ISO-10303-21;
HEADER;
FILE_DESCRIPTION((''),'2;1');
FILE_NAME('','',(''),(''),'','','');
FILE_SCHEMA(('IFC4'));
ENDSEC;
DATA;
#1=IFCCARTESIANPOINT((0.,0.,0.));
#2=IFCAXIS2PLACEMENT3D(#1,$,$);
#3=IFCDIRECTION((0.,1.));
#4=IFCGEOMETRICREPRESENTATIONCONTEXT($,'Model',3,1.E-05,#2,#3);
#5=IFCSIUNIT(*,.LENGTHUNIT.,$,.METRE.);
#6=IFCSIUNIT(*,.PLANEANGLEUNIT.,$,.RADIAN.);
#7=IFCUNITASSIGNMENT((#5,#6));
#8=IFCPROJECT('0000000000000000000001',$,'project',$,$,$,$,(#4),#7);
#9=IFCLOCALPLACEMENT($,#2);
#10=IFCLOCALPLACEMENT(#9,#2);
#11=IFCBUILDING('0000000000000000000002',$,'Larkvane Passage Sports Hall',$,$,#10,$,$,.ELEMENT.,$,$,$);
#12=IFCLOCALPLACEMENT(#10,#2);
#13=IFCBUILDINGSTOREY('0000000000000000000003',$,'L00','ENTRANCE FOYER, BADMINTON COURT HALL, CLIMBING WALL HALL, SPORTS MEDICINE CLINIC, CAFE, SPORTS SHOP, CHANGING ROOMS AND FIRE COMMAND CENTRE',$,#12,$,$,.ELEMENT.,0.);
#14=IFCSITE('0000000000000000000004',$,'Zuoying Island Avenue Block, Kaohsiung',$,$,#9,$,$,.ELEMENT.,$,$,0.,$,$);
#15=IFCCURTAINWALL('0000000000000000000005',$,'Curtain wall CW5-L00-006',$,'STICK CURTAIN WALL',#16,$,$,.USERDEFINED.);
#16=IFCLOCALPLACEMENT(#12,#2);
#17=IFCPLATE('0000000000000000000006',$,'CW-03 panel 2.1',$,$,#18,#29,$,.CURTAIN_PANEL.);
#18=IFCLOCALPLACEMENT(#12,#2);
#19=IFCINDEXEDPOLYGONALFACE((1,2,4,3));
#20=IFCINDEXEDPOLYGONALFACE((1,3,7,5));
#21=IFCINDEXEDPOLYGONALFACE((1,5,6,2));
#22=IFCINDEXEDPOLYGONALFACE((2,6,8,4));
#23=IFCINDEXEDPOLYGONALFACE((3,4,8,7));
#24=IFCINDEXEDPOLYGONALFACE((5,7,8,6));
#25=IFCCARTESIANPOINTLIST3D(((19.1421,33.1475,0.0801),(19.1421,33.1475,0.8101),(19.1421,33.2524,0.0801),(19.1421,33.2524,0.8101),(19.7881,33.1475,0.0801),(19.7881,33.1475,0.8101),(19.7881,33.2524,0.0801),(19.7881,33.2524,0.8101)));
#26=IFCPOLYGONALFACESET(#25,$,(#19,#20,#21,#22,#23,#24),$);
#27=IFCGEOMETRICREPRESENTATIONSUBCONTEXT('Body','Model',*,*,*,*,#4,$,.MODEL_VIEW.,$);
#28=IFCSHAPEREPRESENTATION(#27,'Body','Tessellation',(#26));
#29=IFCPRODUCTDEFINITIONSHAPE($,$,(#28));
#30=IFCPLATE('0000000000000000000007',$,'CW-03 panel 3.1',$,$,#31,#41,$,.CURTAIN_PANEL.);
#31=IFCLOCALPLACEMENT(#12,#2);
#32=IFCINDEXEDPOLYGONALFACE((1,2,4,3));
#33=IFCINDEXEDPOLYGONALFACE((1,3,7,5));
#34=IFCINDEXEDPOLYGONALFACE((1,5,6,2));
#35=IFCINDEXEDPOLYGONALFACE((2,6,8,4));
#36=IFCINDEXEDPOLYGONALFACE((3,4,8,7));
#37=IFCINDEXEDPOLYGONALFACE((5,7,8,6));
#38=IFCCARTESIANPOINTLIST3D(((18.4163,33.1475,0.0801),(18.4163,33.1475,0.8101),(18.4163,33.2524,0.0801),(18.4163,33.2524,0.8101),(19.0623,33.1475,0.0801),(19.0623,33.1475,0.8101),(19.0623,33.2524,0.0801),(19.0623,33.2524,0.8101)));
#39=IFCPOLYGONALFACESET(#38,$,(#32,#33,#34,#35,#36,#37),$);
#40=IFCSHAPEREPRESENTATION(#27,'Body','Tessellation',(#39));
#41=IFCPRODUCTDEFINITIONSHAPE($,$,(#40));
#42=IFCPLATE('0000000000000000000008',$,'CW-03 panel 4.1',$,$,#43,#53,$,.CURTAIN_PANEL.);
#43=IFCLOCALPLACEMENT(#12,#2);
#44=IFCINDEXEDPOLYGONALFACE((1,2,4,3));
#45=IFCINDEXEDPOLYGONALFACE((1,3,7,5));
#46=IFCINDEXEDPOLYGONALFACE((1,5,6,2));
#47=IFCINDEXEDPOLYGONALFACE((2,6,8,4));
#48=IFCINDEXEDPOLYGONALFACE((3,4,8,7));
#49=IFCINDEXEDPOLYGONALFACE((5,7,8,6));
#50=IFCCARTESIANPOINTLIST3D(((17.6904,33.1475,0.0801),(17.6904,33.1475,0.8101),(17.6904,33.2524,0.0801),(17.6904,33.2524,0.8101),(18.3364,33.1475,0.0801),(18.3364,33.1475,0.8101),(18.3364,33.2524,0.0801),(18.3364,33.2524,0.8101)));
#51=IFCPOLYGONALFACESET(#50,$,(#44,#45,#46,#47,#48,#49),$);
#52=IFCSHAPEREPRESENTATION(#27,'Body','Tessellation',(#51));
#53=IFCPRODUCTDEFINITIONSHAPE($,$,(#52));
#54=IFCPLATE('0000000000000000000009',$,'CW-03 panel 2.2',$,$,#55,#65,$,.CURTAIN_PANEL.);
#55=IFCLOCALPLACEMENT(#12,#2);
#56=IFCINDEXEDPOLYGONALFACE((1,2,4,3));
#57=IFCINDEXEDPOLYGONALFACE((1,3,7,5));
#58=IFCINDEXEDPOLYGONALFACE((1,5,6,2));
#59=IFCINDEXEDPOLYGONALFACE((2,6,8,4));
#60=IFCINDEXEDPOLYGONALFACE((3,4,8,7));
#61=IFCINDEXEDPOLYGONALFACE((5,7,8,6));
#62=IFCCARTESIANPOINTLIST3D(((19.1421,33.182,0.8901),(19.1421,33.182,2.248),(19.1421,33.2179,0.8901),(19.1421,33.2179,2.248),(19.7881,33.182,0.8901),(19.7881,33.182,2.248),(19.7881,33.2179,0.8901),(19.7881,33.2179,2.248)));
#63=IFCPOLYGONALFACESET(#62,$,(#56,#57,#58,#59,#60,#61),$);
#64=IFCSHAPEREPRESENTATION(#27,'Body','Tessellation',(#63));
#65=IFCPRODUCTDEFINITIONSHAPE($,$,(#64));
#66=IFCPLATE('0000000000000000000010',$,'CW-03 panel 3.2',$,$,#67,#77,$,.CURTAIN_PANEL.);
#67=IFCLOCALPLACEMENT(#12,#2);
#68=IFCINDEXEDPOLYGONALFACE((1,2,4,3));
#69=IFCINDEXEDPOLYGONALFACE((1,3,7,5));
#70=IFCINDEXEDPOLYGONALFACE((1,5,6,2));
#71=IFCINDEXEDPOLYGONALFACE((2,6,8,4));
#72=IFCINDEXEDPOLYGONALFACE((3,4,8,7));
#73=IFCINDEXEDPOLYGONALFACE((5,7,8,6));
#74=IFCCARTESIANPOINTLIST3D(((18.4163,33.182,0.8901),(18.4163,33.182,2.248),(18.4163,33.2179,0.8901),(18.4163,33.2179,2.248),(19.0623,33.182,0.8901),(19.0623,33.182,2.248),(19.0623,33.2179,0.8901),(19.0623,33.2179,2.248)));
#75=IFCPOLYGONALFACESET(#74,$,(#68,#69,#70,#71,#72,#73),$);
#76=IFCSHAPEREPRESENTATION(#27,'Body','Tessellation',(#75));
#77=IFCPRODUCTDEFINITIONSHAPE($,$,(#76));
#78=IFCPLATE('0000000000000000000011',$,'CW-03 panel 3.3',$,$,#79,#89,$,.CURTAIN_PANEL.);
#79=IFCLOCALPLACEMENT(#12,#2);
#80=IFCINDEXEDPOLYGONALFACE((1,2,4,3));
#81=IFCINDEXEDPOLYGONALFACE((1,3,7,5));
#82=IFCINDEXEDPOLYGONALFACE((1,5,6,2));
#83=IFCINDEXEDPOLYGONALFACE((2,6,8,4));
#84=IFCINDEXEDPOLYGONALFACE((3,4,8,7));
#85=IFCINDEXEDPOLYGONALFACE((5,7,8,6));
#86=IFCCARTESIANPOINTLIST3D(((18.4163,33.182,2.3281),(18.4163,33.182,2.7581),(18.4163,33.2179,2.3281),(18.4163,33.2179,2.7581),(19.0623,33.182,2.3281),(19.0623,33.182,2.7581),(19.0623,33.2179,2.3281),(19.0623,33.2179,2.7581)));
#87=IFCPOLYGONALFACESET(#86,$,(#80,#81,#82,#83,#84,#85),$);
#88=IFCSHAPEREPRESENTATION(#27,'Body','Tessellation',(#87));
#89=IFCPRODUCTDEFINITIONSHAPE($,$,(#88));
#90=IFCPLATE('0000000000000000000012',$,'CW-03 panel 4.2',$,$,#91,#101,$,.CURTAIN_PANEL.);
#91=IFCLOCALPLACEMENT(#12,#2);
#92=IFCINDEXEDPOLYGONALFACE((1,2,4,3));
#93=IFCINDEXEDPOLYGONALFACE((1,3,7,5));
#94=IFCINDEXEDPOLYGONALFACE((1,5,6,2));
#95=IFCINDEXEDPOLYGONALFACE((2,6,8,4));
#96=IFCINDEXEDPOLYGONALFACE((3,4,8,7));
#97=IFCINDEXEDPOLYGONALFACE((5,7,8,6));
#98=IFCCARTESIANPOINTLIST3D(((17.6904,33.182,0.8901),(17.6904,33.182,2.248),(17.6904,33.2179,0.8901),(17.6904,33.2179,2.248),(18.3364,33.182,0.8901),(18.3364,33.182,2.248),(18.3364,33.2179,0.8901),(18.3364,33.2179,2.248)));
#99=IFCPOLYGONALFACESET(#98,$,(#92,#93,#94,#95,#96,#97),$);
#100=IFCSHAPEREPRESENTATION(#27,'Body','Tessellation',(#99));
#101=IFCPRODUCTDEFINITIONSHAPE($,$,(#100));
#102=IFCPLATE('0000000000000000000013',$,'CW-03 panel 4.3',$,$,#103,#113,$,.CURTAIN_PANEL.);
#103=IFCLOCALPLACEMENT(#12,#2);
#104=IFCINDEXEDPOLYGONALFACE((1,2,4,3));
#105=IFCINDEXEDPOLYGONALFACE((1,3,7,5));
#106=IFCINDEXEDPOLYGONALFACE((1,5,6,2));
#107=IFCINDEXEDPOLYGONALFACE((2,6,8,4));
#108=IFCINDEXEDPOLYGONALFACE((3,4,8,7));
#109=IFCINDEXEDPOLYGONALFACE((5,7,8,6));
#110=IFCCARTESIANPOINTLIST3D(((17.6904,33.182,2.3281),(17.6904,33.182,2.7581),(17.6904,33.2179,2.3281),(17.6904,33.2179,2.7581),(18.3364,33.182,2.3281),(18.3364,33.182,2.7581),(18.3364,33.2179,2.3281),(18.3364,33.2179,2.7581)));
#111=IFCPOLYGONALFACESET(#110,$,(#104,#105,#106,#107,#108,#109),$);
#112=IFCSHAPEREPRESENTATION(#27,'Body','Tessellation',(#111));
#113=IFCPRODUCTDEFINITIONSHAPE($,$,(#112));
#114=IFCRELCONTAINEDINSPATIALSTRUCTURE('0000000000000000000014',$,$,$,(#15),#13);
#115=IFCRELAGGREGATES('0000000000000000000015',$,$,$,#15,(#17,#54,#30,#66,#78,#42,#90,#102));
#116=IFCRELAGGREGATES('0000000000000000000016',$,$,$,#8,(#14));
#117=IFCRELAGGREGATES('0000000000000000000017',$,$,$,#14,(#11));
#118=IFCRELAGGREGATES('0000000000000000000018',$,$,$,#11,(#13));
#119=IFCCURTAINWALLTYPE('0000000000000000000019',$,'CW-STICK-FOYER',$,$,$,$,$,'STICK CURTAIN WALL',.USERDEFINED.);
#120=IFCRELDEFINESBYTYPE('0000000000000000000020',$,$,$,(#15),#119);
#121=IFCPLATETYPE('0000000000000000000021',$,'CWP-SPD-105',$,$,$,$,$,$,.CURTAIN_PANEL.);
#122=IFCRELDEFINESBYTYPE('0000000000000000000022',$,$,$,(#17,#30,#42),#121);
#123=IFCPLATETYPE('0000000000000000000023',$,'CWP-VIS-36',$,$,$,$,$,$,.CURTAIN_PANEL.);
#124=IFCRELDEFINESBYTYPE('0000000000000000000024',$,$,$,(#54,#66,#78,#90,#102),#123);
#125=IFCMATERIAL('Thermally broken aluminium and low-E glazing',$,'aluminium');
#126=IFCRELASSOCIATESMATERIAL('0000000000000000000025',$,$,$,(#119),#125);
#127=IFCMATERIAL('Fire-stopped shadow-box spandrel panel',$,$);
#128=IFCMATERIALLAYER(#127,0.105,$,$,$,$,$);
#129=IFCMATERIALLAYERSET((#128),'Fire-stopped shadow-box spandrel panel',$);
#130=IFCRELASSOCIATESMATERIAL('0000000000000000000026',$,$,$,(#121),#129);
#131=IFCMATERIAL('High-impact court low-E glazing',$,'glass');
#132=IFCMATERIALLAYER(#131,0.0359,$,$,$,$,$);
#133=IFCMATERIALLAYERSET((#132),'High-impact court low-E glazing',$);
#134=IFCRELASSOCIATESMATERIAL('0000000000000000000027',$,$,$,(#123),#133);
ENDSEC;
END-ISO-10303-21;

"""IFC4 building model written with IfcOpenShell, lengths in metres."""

from ifc_helpers import new_model, si_unit, direction, frame, origin, origin_2d, place, context, subcontext, project, spatial, rectangle, extrude, material, layer, layer_set, type_object, element, aggregate, save


model = new_model("IFC4")

# Units and contexts
model_context = context("Model", 3, precision=1e-05, world=origin(), true_north=direction((0.0, 1.0)))
body_context = subcontext(model_context, "Body", "Model", "MODEL_VIEW")
ifc_project = project(units=[si_unit("LENGTHUNIT", "METRE"), si_unit("PLANEANGLEUNIT", "RADIAN")], contexts=[model_context])

# Site, building, storey
site_placement = place(None, origin())
site = spatial("IfcSite", under=ifc_project, at=site_placement, Name="Zuoying Island Avenue Block, Kaohsiung", CompositionType="ELEMENT", RefElevation=0.0)
building_placement = place(site_placement, origin())
building = spatial("IfcBuilding", under=site, at=building_placement, Name="Larkvane Passage Sports Hall", CompositionType="ELEMENT")
storey_placement = place(building_placement, origin())
storey = spatial("IfcBuildingStorey", under=building, at=storey_placement, Name="L00", Description="ENTRANCE FOYER, BADMINTON COURT HALL, CLIMBING WALL HALL, SPORTS MEDICINE CLINIC, CAFE, SPORTS SHOP, CHANGING ROOMS AND FIRE COMMAND CENTRE", CompositionType="ELEMENT", Elevation=0.0)

# Curtain wall, plates
ifc_material_1 = material(Name="Thermally broken aluminium and low-E glazing", Category="aluminium")
curtain_wall_type = type_object("IfcCurtainWallType", Name="CW-STICK-FOYER", ElementType="STICK CURTAIN WALL", PredefinedType="USERDEFINED", material=ifc_material_1)
curtain_wall_placement = place(storey_placement, origin())
curtain_wall = element("IfcCurtainWall", 1, at=curtain_wall_placement, inside=storey, type_object=curtain_wall_type, Name="Curtain wall CW5-L00-006", ObjectType="STICK CURTAIN WALL", PredefinedType="USERDEFINED")
ifc_material_2 = material(Name="Fire-stopped shadow-box spandrel panel")
ifc_layer_1 = layer(ifc_material_2, 0.105)
ifc_layer_set_1 = layer_set([ifc_layer_1], Name="Fire-stopped shadow-box spandrel panel")
plate_type_1 = type_object("IfcPlateType", Name="CWP-SPD-105", PredefinedType="CURTAIN_PANEL", material=ifc_layer_set_1)
plate_1_placement = place(storey_placement, frame((19.4651, 33.2, 0.0801), z_axis=(0.0, 0.0, 1.0), x_axis=(-1.0, 0.0, 0.0)))
plate_1 = element("IfcPlate", 2, at=plate_1_placement, type_object=plate_type_1, Name="CW-03 panel 2.1", PredefinedType="CURTAIN_PANEL", context=body_context, shape_type="SweptSolid", body=[
    extrude(rectangle(XDim=0.646, YDim=0.105, at=origin_2d()), origin(), (0.0, 0.0, 1.0), 0.73),
])
plate_2_placement = place(storey_placement, frame((18.7393, 33.2, 0.0801), z_axis=(0.0, 0.0, 1.0), x_axis=(-1.0, 0.0, 0.0)))
plate_2 = element("IfcPlate", 3, at=plate_2_placement, type_object=plate_type_1, Name="CW-03 panel 3.1", PredefinedType="CURTAIN_PANEL", context=body_context, shape_type="SweptSolid", body=[
    extrude(rectangle(XDim=0.646, YDim=0.105, at=origin_2d()), origin(), (0.0, 0.0, 1.0), 0.73),
])
plate_3_placement = place(storey_placement, frame((18.0134, 33.2, 0.0801), z_axis=(0.0, 0.0, 1.0), x_axis=(-1.0, 0.0, 0.0)))
plate_3 = element("IfcPlate", 4, at=plate_3_placement, type_object=plate_type_1, Name="CW-03 panel 4.1", PredefinedType="CURTAIN_PANEL", context=body_context, shape_type="SweptSolid", body=[
    extrude(rectangle(XDim=0.646, YDim=0.105, at=origin_2d()), origin(), (0.0, 0.0, 1.0), 0.73),
])
ifc_material_3 = material(Name="High-impact court low-E glazing", Category="glass")
ifc_layer_2 = layer(ifc_material_3, 0.0359)
ifc_layer_set_2 = layer_set([ifc_layer_2], Name="High-impact court low-E glazing")
plate_type_2 = type_object("IfcPlateType", Name="CWP-VIS-36", PredefinedType="CURTAIN_PANEL", material=ifc_layer_set_2)
plate_4_placement = place(storey_placement, frame((19.4651, 33.2, 0.8901), z_axis=(0.0, 0.0, 1.0), x_axis=(-1.0, 0.0, 0.0)))
plate_4 = element("IfcPlate", 5, at=plate_4_placement, type_object=plate_type_2, Name="CW-03 panel 2.2", PredefinedType="CURTAIN_PANEL", context=body_context, shape_type="SweptSolid", body=[
    extrude(rectangle(XDim=0.646, YDim=0.0359, at=origin_2d()), origin(), (0.0, 0.0, 1.0), 1.3579),
])
plate_5_placement = place(storey_placement, frame((18.7393, 33.2, 0.8901), z_axis=(0.0, 0.0, 1.0), x_axis=(-1.0, 0.0, 0.0)))
plate_5 = element("IfcPlate", 6, at=plate_5_placement, type_object=plate_type_2, Name="CW-03 panel 3.2", PredefinedType="CURTAIN_PANEL", context=body_context, shape_type="SweptSolid", body=[
    extrude(rectangle(XDim=0.646, YDim=0.0359, at=origin_2d()), origin(), (0.0, 0.0, 1.0), 1.3579),
])
plate_6_placement = place(storey_placement, frame((18.7393, 33.2, 2.3281), z_axis=(0.0, 0.0, 1.0), x_axis=(-1.0, 0.0, 0.0)))
plate_6 = element("IfcPlate", 7, at=plate_6_placement, type_object=plate_type_2, Name="CW-03 panel 3.3", PredefinedType="CURTAIN_PANEL", context=body_context, shape_type="SweptSolid", body=[
    extrude(rectangle(XDim=0.646, YDim=0.0359, at=origin_2d()), origin(), (0.0, 0.0, 1.0), 0.4299),
])
plate_7_placement = place(storey_placement, frame((18.0134, 33.2, 0.8901), z_axis=(0.0, 0.0, 1.0), x_axis=(-1.0, 0.0, 0.0)))
plate_7 = element("IfcPlate", 8, at=plate_7_placement, type_object=plate_type_2, Name="CW-03 panel 4.2", PredefinedType="CURTAIN_PANEL", context=body_context, shape_type="SweptSolid", body=[
    extrude(rectangle(XDim=0.646, YDim=0.0359, at=origin_2d()), origin(), (0.0, 0.0, 1.0), 1.3579),
])
plate_8_placement = place(storey_placement, frame((18.0134, 33.2, 2.3281), z_axis=(0.0, 0.0, 1.0), x_axis=(-1.0, 0.0, 0.0)))
plate_8 = element("IfcPlate", 9, at=plate_8_placement, type_object=plate_type_2, Name="CW-03 panel 4.3", PredefinedType="CURTAIN_PANEL", context=body_context, shape_type="SweptSolid", body=[
    extrude(rectangle(XDim=0.646, YDim=0.0359, at=origin_2d()), origin(), (0.0, 0.0, 1.0), 0.4299),
])
aggregate(curtain_wall, [plate_1, plate_4, plate_2, plate_5, plate_6, plate_3, plate_7, plate_8])

save(model, "model.ifc")
